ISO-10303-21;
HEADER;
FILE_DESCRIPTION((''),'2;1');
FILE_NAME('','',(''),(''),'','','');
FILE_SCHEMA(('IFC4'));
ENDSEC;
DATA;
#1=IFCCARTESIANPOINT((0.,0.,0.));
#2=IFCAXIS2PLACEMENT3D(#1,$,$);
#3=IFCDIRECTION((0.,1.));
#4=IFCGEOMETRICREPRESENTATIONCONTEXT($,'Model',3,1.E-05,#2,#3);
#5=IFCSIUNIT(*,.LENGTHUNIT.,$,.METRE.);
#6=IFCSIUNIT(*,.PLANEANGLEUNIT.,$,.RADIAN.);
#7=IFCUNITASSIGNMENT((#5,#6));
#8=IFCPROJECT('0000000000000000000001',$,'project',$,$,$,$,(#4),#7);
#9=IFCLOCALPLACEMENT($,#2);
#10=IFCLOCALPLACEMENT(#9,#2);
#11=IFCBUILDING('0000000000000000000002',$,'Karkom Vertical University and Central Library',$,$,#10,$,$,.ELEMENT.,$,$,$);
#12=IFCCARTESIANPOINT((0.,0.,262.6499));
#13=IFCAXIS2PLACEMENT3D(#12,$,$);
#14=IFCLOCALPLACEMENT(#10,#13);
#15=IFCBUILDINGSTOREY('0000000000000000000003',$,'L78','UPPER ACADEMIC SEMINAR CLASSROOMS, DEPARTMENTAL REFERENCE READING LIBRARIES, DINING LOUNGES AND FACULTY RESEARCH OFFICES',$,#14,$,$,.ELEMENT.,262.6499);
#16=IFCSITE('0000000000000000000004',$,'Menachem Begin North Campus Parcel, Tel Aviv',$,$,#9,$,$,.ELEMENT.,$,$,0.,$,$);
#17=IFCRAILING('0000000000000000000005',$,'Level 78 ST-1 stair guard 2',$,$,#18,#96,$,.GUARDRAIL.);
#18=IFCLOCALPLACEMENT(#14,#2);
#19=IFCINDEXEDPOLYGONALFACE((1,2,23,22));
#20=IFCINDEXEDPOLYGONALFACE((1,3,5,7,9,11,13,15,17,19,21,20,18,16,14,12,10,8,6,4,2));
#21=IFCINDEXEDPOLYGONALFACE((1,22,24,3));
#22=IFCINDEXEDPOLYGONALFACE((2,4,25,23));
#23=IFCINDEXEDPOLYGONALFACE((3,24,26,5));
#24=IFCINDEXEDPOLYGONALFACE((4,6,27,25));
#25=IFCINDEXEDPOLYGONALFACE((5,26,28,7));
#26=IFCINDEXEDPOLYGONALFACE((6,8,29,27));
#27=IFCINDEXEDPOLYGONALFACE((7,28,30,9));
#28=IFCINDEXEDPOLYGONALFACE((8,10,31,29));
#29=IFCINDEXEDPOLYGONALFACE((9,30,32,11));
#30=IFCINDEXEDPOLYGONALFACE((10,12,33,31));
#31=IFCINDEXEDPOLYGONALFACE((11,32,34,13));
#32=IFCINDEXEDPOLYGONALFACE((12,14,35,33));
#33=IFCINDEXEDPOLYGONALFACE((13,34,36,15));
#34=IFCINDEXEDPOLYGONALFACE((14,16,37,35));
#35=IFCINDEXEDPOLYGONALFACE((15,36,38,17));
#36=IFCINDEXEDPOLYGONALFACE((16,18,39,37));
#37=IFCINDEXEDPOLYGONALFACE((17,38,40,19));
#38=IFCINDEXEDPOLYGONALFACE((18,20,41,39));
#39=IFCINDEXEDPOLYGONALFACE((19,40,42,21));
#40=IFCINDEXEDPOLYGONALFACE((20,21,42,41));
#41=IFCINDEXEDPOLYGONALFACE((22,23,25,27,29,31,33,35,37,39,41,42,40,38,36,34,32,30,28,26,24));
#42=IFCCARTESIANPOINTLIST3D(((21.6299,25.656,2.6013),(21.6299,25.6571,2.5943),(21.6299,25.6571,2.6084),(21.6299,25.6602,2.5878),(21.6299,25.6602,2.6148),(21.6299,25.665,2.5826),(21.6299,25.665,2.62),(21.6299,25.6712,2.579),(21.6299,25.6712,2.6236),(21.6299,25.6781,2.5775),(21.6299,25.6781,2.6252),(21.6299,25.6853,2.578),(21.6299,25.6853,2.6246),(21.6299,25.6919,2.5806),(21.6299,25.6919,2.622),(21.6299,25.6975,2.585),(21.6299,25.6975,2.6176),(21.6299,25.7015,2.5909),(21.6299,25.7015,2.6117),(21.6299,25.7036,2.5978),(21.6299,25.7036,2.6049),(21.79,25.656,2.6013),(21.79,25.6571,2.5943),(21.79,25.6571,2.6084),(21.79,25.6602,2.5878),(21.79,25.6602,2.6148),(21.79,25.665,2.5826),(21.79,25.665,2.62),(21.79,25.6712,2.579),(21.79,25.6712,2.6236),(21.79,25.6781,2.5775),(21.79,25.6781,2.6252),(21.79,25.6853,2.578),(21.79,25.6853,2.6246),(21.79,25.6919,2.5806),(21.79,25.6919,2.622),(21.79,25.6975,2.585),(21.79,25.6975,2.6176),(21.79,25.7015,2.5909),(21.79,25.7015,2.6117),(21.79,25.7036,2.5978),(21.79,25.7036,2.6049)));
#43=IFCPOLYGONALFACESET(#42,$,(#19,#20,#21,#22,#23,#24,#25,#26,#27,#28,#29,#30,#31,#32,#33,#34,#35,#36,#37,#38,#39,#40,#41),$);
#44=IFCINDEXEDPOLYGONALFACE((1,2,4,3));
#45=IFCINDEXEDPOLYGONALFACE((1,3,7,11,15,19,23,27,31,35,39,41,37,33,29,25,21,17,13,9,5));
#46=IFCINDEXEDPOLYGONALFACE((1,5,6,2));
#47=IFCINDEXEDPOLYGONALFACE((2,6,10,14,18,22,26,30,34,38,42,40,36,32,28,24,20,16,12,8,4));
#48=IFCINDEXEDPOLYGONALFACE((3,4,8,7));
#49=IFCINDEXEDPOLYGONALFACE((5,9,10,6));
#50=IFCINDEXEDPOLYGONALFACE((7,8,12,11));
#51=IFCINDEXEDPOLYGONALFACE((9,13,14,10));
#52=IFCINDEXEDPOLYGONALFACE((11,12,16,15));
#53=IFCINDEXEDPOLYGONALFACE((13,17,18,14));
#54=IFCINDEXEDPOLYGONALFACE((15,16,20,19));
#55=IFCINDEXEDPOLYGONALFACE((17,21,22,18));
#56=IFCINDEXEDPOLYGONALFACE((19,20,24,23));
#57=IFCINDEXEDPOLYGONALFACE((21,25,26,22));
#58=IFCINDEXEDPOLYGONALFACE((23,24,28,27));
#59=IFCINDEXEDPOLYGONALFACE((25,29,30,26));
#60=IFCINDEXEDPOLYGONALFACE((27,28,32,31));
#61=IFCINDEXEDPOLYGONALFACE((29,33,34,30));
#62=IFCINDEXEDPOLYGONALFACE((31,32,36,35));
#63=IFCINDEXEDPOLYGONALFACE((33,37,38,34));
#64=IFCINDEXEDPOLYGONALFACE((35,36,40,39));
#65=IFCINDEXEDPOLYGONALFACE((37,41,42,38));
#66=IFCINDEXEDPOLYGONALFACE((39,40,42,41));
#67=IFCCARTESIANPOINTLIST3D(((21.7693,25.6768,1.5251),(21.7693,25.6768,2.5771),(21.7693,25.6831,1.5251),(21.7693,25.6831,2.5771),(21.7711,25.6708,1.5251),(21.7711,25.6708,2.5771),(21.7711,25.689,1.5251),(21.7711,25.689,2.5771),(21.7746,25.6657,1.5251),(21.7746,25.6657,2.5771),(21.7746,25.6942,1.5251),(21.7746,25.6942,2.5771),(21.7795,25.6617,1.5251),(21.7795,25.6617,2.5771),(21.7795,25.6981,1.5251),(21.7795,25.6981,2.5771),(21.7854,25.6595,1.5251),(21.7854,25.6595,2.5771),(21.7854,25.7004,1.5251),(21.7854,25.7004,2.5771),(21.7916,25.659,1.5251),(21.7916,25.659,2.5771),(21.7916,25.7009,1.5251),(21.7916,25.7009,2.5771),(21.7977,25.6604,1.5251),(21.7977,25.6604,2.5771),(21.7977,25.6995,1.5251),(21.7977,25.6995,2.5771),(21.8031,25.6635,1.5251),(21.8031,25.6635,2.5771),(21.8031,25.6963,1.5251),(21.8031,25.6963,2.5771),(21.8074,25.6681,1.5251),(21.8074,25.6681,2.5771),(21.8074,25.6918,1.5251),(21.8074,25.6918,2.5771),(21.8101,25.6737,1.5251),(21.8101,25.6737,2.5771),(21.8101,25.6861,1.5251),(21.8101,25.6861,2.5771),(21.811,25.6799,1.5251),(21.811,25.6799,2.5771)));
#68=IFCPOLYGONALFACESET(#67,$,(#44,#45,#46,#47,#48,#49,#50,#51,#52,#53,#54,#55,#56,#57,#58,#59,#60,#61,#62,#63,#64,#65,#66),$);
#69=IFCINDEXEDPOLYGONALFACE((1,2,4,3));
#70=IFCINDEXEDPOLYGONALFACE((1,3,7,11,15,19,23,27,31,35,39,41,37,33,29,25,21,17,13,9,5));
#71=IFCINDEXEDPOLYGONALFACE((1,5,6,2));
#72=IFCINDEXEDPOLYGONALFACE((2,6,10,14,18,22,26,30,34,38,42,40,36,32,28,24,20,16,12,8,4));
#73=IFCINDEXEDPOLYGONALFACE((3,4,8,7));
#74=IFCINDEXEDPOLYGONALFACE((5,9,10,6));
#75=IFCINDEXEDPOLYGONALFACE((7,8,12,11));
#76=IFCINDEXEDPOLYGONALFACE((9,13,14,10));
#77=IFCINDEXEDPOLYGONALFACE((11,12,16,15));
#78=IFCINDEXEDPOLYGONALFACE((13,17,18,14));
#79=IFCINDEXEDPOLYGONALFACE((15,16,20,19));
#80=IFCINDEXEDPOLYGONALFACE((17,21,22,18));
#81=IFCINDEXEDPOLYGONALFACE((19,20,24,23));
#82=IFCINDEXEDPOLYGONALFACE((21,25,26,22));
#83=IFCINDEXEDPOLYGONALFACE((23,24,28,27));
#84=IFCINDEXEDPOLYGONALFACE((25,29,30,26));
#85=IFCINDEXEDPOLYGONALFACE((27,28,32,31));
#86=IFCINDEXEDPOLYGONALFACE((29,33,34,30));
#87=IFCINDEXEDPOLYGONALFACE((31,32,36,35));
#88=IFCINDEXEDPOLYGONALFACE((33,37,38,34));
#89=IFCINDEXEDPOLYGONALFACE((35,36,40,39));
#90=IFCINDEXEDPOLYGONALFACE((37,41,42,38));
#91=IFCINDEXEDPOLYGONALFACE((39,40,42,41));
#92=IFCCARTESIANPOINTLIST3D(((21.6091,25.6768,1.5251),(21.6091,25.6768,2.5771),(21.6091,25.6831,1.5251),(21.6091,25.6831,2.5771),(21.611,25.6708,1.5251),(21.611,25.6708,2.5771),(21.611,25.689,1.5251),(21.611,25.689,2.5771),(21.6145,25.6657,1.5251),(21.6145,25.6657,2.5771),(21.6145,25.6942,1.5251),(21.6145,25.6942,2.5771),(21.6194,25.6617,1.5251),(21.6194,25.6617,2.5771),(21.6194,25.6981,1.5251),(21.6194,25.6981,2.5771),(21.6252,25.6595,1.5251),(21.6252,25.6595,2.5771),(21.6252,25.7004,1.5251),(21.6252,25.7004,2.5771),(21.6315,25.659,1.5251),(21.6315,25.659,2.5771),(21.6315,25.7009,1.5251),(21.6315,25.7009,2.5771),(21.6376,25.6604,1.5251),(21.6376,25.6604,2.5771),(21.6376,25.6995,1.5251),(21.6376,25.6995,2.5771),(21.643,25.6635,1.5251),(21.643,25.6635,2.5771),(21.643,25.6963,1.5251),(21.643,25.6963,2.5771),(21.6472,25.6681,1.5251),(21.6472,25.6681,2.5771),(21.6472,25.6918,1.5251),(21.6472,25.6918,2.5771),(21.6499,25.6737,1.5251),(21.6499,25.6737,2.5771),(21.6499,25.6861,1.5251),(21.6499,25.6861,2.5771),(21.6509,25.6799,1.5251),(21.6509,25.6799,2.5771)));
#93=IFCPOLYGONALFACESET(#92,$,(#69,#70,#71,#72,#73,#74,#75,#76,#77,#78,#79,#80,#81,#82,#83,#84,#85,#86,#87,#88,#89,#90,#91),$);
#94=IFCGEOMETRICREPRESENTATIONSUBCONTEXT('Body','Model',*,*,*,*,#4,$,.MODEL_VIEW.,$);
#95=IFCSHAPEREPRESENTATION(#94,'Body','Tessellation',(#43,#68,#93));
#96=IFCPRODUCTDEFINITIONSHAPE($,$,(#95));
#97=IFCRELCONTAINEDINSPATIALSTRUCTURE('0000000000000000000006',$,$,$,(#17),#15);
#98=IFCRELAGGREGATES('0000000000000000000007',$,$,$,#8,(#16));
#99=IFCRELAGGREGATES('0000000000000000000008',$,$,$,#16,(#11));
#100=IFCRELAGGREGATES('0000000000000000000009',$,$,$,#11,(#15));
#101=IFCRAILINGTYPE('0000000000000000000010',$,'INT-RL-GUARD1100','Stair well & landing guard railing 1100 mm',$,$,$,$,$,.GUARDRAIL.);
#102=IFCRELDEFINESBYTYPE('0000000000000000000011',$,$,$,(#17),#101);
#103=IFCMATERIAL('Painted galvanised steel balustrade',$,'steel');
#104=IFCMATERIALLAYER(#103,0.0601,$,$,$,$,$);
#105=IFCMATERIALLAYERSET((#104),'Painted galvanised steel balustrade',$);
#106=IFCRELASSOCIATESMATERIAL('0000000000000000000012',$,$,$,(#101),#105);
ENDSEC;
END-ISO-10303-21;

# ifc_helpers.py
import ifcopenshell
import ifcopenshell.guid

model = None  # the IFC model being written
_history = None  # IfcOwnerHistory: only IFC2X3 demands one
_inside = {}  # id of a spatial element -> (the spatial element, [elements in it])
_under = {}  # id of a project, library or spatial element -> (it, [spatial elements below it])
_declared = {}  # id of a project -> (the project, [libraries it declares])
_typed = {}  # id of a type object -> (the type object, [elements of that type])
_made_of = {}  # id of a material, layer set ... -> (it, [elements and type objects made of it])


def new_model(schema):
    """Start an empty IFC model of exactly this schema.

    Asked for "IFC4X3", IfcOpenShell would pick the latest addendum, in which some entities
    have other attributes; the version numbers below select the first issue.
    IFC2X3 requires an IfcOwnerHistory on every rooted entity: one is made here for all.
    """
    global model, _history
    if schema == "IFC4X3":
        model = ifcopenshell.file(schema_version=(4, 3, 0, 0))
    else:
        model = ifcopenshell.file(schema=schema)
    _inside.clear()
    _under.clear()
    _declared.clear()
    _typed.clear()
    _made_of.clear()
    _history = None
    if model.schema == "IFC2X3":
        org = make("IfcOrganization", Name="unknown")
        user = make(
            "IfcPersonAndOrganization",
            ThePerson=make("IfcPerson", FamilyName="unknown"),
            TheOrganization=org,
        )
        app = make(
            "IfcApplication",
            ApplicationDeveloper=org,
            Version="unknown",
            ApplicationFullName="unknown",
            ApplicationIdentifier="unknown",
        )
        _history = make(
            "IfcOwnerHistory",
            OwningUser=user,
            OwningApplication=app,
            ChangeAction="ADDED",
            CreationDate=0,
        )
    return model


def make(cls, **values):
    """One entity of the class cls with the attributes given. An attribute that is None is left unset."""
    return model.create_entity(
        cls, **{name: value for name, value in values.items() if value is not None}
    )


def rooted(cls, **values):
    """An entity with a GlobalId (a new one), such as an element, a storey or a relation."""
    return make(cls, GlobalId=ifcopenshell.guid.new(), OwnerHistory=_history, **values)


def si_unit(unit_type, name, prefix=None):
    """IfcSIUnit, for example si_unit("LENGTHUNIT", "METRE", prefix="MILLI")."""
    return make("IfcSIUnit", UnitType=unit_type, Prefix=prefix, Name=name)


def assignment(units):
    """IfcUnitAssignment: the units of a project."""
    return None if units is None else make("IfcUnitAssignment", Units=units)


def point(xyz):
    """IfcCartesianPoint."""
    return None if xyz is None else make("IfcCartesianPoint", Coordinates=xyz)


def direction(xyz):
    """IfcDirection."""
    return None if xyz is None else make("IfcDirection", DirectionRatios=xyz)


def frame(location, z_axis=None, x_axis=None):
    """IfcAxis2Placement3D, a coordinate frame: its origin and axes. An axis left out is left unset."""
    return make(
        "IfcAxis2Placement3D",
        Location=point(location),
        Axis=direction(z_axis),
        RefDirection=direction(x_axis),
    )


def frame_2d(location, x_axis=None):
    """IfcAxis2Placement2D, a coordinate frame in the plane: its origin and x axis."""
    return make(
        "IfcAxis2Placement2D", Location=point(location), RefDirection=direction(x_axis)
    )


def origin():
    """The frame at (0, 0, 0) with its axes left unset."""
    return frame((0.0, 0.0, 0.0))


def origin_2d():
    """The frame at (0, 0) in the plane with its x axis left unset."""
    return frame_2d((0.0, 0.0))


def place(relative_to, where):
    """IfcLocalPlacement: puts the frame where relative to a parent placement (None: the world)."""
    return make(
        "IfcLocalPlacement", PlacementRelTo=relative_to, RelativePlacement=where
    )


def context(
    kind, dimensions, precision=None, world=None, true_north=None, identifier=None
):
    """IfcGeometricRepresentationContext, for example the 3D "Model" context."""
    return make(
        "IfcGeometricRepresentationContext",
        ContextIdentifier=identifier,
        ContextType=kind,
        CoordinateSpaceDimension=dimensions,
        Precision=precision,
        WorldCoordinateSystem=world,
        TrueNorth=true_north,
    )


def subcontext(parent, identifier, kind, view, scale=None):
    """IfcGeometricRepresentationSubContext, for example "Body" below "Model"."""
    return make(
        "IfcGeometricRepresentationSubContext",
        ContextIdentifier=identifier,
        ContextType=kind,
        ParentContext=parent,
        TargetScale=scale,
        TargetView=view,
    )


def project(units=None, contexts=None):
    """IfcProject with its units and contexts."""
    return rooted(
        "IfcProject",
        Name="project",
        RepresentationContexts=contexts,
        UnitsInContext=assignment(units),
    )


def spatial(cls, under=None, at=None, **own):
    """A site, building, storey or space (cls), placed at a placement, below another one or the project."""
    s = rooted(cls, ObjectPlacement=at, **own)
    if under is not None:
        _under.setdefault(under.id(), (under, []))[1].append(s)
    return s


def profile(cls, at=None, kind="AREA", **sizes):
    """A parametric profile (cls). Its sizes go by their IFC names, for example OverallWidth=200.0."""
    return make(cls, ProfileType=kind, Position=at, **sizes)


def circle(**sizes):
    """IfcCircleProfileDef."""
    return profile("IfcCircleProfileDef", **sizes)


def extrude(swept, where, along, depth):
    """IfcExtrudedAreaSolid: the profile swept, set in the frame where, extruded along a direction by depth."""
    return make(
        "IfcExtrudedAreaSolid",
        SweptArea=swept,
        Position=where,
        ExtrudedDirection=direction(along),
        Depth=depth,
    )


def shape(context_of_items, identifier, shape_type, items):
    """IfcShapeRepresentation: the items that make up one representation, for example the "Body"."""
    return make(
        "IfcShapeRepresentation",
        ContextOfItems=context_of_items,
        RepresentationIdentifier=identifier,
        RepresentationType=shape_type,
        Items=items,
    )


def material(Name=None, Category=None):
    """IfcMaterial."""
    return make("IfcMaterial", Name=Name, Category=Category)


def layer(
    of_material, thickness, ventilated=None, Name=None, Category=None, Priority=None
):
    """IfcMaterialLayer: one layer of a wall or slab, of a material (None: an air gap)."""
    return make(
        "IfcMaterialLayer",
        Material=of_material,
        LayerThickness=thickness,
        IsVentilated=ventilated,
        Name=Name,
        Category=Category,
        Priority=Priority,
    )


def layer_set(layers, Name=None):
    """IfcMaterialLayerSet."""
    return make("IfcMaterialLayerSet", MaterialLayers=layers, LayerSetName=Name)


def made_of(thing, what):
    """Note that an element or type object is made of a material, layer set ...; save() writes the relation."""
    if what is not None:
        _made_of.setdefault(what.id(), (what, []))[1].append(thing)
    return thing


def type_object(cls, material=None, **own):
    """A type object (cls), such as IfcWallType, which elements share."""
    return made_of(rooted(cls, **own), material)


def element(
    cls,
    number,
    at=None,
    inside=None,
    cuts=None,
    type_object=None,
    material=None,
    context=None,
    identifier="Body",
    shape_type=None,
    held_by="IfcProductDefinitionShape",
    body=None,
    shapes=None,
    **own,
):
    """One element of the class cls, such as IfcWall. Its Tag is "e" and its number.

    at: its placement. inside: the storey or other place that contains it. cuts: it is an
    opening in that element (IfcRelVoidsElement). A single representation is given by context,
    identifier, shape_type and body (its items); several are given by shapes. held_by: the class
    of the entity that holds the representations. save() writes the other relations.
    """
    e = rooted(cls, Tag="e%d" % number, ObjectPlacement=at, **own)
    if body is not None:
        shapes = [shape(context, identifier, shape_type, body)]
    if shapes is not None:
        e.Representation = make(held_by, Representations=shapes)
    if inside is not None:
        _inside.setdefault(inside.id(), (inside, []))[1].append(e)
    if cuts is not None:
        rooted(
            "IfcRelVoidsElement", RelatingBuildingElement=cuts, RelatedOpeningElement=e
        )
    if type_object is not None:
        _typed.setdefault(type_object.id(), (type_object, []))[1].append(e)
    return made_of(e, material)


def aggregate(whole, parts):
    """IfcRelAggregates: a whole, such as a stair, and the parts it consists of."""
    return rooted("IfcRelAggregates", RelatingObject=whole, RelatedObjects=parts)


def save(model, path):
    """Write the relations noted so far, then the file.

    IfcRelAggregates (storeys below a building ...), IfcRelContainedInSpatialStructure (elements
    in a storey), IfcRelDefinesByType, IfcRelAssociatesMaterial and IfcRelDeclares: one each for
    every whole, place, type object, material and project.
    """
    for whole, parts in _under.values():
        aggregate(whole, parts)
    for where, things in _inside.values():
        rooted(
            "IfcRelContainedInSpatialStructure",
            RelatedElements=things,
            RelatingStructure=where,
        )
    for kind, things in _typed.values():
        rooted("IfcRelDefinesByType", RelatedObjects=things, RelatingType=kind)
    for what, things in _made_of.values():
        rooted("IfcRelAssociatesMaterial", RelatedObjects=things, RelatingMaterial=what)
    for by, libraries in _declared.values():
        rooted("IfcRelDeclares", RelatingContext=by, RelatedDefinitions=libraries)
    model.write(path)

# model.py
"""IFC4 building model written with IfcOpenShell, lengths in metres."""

from ifc_helpers import new_model, si_unit, direction, frame, origin, origin_2d, place, context, subcontext, project, spatial, circle, extrude, material, layer, layer_set, type_object, element, save


model = new_model("IFC4")

# Units and contexts
model_context = context("Model", 3, precision=1e-05, world=origin(), true_north=direction((0.0, 1.0)))
body_context = subcontext(model_context, "Body", "Model", "MODEL_VIEW")
ifc_project = project(units=[si_unit("LENGTHUNIT", "METRE"), si_unit("PLANEANGLEUNIT", "RADIAN")], contexts=[model_context])

# Site, building, storey
site_placement = place(None, origin())
site = spatial("IfcSite", under=ifc_project, at=site_placement, Name="Menachem Begin North Campus Parcel, Tel Aviv", CompositionType="ELEMENT", RefElevation=0.0)
building_placement = place(site_placement, origin())
building = spatial("IfcBuilding", under=site, at=building_placement, Name="Karkom Vertical University and Central Library", CompositionType="ELEMENT")
storey_placement = place(building_placement, frame((0.0, 0.0, 262.6499)))
storey = spatial("IfcBuildingStorey", under=building, at=storey_placement, Name="L78", Description="UPPER ACADEMIC SEMINAR CLASSROOMS, DEPARTMENTAL REFERENCE READING LIBRARIES, DINING LOUNGES AND FACULTY RESEARCH OFFICES", CompositionType="ELEMENT", Elevation=262.6499)

# Railing
ifc_material_1 = material(Name="Painted galvanised steel balustrade", Category="steel")
ifc_layer_1 = layer(ifc_material_1, 0.0601)
ifc_layer_set_1 = layer_set([ifc_layer_1], Name="Painted galvanised steel balustrade")
railing_type_1 = type_object("IfcRailingType", Name="INT-RL-GUARD1100", Description="Stair well & landing guard railing 1100 mm", PredefinedType="GUARDRAIL", material=ifc_layer_set_1)
railing_1_placement = place(storey_placement, frame((21.79, 25.6799, 1.5251)))
element("IfcRailing", 1, at=railing_1_placement, inside=storey, type_object=railing_type_1, Name="Level 78 ST-1 stair guard 2", PredefinedType="GUARDRAIL", context=body_context, shape_type="SweptSolid", body=[
    extrude(circle(Radius=0.0239, at=origin_2d()), frame((0.0, 0.0, 1.0762), z_axis=(-1.0, 0.0, 0.0), x_axis=(0.0, -1.0, 0.0)), (0.0, 0.0, 1.0), 0.1602),
    extrude(circle(Radius=0.021, at=origin_2d()), origin(), (0.0, 0.0, 1.0), 1.052),
    extrude(circle(Radius=0.021, at=origin_2d()), frame((-0.1602, 0.0, 0.0)), (0.0, 0.0, 1.0), 1.052),
])

save(model, "model.ifc")
